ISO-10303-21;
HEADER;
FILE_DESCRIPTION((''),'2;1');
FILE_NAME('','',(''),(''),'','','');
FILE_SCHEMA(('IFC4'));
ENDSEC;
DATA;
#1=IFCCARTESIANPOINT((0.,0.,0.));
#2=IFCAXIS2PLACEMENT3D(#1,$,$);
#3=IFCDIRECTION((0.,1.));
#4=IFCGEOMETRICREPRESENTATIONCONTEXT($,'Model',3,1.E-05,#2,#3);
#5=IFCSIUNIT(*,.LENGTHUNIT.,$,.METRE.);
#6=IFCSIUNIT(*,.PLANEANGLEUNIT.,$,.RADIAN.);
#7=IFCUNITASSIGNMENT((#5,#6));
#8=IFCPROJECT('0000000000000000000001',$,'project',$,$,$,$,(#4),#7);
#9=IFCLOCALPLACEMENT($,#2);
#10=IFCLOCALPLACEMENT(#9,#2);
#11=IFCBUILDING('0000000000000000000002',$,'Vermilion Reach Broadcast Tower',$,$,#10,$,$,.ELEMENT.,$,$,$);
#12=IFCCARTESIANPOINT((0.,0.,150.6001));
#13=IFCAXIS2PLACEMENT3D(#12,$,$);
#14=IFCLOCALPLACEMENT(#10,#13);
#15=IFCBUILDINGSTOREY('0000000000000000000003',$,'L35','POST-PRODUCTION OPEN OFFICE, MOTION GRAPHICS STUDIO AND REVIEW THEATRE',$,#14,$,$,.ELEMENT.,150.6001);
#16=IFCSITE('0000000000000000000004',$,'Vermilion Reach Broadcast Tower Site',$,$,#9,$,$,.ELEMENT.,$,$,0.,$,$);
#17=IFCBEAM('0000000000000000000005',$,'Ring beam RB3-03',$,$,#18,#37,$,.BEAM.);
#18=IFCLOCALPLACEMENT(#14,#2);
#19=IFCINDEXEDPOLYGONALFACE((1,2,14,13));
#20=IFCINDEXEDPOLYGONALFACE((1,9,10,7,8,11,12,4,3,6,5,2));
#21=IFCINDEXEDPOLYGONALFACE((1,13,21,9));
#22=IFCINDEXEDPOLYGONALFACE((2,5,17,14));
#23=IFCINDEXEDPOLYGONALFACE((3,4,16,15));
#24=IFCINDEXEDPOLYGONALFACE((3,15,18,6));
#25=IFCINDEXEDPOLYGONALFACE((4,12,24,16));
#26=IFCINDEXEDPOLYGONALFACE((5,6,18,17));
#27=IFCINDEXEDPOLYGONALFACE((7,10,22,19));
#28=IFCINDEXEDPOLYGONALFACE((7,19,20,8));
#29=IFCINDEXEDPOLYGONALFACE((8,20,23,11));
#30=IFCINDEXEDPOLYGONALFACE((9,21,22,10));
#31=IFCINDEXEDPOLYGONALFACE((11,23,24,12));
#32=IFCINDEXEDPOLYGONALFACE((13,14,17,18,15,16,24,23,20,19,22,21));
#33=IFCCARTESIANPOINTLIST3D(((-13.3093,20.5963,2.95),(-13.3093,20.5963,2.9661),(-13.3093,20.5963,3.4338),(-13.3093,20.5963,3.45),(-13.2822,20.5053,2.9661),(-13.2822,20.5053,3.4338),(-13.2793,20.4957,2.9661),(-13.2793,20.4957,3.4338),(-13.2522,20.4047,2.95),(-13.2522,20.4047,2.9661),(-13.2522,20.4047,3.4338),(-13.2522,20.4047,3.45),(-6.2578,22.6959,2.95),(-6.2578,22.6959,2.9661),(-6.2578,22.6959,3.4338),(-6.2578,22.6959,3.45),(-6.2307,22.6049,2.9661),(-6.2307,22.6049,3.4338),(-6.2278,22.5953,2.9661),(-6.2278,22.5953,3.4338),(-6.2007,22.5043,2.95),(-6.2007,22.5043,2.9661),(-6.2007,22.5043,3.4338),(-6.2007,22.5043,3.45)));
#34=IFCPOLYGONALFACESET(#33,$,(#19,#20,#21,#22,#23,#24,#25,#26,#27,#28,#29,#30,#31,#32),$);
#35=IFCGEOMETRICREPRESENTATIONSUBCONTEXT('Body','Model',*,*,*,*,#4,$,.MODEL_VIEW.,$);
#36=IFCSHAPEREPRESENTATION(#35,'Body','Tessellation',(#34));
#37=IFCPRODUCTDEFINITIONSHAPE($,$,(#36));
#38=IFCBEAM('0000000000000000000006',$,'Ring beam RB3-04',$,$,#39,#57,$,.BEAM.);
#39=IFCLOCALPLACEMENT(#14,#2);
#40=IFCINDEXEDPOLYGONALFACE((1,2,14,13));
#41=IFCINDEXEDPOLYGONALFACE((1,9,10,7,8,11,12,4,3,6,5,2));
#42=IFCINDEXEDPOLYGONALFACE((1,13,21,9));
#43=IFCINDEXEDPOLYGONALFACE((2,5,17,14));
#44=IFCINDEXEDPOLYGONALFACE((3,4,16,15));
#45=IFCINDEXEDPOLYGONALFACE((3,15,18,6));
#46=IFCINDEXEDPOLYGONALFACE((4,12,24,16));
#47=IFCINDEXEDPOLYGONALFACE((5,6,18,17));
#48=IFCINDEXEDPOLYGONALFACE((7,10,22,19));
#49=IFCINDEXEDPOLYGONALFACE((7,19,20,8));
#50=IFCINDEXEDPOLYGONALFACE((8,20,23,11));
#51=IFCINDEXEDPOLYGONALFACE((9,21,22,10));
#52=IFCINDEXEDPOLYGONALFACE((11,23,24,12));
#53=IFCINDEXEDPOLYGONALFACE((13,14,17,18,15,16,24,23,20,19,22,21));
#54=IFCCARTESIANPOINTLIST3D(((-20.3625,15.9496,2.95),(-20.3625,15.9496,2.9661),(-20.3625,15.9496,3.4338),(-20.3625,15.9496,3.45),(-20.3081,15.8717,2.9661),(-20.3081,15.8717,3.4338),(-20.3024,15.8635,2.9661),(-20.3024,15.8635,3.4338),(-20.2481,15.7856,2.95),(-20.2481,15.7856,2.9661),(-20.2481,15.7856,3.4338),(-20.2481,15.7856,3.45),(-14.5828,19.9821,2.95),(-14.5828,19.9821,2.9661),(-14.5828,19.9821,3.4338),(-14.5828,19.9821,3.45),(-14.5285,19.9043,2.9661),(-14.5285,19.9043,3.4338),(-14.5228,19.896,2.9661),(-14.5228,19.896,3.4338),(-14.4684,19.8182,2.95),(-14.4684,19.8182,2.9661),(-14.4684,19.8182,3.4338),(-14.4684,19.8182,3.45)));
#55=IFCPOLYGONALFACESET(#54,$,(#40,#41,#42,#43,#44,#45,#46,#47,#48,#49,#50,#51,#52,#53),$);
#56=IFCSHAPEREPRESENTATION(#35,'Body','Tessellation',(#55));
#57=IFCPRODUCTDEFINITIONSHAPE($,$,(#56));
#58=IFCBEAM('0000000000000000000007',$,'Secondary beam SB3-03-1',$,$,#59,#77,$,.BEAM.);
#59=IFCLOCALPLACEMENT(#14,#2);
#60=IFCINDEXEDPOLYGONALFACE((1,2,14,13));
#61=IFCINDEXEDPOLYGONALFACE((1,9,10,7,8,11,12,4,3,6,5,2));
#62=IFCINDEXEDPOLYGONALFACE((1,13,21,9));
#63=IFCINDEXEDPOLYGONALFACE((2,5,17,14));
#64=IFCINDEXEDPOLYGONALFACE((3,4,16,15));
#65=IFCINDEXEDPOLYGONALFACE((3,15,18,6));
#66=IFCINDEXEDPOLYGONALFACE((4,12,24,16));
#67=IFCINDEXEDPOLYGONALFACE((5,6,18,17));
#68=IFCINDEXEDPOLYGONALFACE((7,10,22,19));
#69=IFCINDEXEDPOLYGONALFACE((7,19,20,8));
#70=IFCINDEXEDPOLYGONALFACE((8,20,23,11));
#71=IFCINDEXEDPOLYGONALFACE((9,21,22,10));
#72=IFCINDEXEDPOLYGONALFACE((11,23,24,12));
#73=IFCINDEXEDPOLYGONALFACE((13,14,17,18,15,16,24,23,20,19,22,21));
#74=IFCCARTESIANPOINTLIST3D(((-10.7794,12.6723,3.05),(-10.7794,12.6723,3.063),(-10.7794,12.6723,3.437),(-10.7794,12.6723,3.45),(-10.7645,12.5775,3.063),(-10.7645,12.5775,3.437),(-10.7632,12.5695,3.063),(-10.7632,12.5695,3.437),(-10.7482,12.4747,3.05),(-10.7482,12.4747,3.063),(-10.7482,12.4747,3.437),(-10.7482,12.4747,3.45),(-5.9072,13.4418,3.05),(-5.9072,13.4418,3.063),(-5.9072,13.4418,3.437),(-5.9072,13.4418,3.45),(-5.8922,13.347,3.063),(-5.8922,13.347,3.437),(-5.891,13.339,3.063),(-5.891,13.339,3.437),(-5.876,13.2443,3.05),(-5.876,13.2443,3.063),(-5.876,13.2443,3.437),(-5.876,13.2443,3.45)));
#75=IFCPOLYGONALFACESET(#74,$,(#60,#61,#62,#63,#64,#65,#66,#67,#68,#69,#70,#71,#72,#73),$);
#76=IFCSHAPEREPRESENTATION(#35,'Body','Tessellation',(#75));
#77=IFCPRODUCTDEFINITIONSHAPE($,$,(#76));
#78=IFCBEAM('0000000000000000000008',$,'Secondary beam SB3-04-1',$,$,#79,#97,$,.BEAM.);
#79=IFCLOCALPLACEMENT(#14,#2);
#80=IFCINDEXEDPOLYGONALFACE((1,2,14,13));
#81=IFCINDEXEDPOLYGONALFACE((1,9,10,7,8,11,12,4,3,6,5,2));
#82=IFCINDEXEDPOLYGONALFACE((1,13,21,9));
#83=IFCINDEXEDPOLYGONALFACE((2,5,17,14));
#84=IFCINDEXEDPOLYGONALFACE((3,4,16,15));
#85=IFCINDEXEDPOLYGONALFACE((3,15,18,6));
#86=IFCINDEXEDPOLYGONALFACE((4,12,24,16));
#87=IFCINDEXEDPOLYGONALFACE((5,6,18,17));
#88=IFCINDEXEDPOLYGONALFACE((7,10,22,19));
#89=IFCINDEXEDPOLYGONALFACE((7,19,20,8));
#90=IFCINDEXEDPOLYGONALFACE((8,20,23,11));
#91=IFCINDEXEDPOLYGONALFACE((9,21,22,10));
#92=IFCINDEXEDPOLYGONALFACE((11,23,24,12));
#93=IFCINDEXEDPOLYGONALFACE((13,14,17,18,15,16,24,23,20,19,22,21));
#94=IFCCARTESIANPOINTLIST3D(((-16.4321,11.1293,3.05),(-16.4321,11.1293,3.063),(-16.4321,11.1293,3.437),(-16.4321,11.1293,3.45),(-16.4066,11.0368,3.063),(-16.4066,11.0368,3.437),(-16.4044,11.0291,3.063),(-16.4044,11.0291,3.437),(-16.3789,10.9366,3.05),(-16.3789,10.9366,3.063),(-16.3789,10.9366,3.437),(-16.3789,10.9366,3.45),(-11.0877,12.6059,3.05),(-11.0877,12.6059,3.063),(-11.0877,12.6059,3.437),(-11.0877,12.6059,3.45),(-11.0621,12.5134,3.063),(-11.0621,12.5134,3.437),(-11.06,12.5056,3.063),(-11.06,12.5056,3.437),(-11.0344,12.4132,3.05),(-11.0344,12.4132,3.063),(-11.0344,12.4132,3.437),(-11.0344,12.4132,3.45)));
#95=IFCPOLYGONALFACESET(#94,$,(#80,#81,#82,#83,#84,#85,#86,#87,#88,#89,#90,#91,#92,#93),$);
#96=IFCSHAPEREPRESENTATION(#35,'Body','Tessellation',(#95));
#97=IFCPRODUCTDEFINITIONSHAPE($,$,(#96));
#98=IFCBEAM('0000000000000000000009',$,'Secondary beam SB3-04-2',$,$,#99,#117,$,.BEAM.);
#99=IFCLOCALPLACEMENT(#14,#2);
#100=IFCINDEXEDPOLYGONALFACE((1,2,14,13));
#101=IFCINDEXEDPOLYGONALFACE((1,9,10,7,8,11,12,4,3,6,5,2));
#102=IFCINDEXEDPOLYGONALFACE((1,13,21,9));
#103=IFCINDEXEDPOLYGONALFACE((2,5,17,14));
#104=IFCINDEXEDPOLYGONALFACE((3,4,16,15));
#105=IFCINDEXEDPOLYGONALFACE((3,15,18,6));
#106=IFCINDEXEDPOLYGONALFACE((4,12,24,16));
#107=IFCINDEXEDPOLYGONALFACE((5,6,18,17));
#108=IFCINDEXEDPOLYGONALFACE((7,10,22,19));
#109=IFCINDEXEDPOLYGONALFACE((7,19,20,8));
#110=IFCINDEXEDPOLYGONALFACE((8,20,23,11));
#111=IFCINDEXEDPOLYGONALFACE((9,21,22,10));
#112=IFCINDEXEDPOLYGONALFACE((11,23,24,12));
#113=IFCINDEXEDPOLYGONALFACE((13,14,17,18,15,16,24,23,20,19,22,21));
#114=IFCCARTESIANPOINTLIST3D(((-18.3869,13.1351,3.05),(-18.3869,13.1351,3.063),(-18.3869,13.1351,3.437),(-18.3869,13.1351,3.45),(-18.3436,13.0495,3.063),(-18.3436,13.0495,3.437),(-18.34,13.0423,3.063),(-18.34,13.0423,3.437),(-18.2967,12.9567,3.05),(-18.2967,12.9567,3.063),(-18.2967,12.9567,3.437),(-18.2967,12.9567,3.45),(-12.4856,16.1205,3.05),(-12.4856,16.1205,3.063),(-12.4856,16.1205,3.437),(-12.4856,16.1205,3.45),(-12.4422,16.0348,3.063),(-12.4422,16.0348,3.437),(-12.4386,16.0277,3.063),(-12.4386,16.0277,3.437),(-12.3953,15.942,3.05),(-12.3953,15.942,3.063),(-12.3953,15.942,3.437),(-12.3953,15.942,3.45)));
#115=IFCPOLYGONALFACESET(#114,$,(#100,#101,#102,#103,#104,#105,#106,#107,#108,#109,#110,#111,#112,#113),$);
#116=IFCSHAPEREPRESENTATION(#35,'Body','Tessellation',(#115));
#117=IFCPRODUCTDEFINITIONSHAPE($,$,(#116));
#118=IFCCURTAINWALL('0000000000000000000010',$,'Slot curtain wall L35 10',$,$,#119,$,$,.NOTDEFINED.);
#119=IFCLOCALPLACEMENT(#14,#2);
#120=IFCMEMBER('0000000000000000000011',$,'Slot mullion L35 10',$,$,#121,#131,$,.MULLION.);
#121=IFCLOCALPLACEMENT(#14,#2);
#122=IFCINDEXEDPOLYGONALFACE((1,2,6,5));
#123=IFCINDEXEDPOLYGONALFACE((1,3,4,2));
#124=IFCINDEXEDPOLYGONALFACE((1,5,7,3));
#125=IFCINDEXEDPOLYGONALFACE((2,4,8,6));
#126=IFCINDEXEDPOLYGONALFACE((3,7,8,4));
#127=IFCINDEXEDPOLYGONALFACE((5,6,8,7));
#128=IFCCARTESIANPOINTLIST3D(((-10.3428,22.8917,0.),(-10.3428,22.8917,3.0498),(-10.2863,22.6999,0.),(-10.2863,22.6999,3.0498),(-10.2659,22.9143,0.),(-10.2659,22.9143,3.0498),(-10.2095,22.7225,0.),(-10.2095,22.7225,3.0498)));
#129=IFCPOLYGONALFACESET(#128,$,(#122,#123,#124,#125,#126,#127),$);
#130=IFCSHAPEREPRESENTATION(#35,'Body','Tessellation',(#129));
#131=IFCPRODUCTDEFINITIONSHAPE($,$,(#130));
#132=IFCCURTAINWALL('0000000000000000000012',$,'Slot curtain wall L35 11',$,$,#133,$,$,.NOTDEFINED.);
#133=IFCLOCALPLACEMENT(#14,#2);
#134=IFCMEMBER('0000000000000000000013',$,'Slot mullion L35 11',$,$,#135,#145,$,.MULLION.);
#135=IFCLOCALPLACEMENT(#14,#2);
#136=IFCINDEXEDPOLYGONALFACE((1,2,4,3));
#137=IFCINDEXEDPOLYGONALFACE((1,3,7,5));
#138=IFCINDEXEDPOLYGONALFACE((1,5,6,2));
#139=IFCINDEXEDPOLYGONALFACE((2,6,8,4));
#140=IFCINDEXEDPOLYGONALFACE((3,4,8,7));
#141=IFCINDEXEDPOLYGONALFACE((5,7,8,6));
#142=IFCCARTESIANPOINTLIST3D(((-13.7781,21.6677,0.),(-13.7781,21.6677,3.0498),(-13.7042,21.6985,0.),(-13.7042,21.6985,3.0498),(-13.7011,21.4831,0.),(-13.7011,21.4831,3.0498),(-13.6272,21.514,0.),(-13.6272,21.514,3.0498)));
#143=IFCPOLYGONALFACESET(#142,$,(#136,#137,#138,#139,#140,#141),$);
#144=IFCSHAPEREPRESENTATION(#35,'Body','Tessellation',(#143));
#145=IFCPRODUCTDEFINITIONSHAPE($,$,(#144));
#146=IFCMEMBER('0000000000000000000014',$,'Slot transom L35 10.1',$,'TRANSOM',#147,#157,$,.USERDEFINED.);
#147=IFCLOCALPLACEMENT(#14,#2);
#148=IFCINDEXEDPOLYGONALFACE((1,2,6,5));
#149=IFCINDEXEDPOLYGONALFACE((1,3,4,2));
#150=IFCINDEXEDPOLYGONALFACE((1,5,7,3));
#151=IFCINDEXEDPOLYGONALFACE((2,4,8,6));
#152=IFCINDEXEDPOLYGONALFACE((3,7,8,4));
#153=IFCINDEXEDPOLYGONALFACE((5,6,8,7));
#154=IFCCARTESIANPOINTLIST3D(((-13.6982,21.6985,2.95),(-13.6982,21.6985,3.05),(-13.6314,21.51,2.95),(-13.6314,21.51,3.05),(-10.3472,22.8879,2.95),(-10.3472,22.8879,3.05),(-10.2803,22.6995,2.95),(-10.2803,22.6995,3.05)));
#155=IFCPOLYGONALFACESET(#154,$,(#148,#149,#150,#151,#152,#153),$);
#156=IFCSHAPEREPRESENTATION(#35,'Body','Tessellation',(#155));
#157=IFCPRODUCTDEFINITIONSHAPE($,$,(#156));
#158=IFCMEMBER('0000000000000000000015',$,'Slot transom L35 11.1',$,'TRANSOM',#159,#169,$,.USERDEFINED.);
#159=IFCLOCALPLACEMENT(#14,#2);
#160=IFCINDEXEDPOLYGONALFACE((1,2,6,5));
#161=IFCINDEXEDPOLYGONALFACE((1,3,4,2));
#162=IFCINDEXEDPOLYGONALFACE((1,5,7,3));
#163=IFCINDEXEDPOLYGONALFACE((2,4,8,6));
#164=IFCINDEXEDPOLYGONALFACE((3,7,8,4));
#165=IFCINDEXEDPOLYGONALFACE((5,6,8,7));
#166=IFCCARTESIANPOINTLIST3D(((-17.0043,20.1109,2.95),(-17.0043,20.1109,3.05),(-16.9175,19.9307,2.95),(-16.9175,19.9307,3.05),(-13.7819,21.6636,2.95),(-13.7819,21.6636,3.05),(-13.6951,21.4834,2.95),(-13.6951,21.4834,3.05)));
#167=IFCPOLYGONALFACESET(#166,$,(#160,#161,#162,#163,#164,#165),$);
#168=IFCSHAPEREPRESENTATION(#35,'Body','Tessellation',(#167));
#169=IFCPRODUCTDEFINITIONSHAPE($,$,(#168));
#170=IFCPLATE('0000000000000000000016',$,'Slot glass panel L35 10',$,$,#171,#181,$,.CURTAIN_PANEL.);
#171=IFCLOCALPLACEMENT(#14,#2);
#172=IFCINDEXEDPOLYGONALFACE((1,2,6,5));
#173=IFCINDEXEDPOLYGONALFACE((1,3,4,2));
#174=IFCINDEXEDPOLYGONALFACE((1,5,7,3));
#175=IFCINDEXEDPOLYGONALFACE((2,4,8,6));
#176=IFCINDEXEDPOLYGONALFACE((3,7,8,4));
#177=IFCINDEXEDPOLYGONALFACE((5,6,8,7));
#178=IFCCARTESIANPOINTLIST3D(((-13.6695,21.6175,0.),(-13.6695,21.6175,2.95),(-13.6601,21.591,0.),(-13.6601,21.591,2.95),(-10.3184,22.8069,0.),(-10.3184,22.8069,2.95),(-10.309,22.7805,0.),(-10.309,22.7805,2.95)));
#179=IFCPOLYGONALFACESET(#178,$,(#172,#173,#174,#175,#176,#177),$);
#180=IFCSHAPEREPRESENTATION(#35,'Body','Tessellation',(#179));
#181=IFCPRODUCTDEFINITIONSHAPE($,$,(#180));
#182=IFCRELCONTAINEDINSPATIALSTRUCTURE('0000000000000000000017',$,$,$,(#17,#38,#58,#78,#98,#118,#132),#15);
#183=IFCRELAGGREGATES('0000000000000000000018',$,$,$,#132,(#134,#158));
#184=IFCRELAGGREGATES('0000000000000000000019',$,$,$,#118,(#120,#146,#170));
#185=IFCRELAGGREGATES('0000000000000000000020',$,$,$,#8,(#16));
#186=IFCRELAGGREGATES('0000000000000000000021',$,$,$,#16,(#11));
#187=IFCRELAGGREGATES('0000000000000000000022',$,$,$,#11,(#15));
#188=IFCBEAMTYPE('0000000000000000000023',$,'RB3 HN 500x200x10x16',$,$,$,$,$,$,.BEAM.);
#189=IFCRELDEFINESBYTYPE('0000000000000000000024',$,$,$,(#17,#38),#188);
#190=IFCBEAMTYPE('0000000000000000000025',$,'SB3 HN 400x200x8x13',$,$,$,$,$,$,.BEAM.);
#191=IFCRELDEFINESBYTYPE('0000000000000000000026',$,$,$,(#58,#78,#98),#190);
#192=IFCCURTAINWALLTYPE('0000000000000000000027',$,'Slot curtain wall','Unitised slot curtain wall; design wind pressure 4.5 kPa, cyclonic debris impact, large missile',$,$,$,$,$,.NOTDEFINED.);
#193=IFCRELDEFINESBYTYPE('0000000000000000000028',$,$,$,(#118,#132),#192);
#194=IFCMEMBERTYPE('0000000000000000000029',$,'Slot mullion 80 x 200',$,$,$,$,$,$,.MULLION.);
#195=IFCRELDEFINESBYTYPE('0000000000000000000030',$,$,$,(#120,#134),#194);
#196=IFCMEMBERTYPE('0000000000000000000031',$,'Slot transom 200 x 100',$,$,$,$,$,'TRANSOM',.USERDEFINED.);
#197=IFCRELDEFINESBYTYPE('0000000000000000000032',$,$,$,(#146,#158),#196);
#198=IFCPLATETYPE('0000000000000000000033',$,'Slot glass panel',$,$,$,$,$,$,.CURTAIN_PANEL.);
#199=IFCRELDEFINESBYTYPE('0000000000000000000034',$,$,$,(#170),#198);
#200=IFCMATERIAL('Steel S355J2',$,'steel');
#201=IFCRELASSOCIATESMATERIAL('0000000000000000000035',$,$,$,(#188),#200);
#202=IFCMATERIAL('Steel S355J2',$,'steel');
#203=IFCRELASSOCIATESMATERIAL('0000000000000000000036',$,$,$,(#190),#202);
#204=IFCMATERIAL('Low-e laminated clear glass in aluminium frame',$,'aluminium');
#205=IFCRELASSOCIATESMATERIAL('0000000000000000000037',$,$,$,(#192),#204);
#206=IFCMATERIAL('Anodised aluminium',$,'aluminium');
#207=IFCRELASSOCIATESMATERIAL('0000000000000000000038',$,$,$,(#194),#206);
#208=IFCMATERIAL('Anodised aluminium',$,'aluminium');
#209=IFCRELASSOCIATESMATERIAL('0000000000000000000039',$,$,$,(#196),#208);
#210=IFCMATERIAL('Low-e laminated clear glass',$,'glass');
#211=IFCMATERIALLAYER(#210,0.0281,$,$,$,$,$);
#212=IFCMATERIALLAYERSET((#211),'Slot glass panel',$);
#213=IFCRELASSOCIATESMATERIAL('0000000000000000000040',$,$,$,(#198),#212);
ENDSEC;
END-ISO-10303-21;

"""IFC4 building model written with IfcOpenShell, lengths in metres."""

from ifc_helpers import new_model, si_unit, direction, frame, origin, origin_2d, place, context, subcontext, project, spatial, rectangle, i_section, extrude, material, layer, layer_set, material_profile, profile_set, type_object, element, aggregate, save


model = new_model("IFC4")

# Units and contexts
model_context = context("Model", 3, precision=1e-05, world=origin(), true_north=direction((0.0, 1.0)))
body_context = subcontext(model_context, "Body", "Model", "MODEL_VIEW")
ifc_project = project(units=[si_unit("LENGTHUNIT", "METRE"), si_unit("PLANEANGLEUNIT", "RADIAN")], contexts=[model_context])

# Site, building, storey
site_placement = place(None, origin())
site = spatial("IfcSite", under=ifc_project, at=site_placement, Name="Vermilion Reach Broadcast Tower Site", CompositionType="ELEMENT", RefElevation=0.0)
building_placement = place(site_placement, origin())
building = spatial("IfcBuilding", under=site, at=building_placement, Name="Vermilion Reach Broadcast Tower", CompositionType="ELEMENT")
storey_placement = place(building_placement, frame((0.0, 0.0, 150.6001)))
storey = spatial("IfcBuildingStorey", under=building, at=storey_placement, Name="L35", Description="POST-PRODUCTION OPEN OFFICE, MOTION GRAPHICS STUDIO AND REVIEW THEATRE", CompositionType="ELEMENT", Elevation=150.6001)

# Beams
ifc_material_1 = material(Name="Steel S355J2", Category="steel")
ifc_material_profile_1 = material_profile(ifc_material_1, i_section(OverallWidth=0.2, OverallDepth=0.5, WebThickness=0.01, FlangeThickness=0.0161, at=origin_2d()), Name="S355J2 HN 500x200x10x16")
ifc_profile_set_1 = profile_set([ifc_material_profile_1], Name="Steel S355J2")
beam_type_1 = type_object("IfcBeamType", Name="RB3 HN 500x200x10x16", PredefinedType="BEAM", material=ifc_profile_set_1)
beam_1_placement = place(storey_placement, frame((-6.2292, 22.6001, 3.2), z_axis=(-0.958417, -0.285372, 0.0), x_axis=(0.285372, -0.958417, 0.0)))
element("IfcBeam", 1, at=beam_1_placement, inside=storey, type_object=beam_type_1, Name="Ring beam RB3-03", PredefinedType="BEAM", context=body_context, shape_type="SweptSolid", body=[
    extrude(i_section(OverallWidth=0.2, OverallDepth=0.5, WebThickness=0.01, FlangeThickness=0.0161, at=origin_2d()), origin(), (0.0, 0.0, 1.0), 7.3574),
])
beam_2_placement = place(storey_placement, frame((-14.5256, 19.9001, 3.2), z_axis=(-0.820111, -0.572204, 0.0), x_axis=(0.572204, -0.820111, 0.0)))
element("IfcBeam", 2, at=beam_2_placement, inside=storey, type_object=beam_type_1, Name="Ring beam RB3-04", PredefinedType="BEAM", context=body_context, shape_type="SweptSolid", body=[
    extrude(i_section(OverallWidth=0.2, OverallDepth=0.5, WebThickness=0.01, FlangeThickness=0.0161, at=origin_2d()), origin(), (0.0, 0.0, 1.0), 7.0474),
])
ifc_material_2 = material(Name="Steel S355J2", Category="steel")
ifc_material_profile_2 = material_profile(ifc_material_2, i_section(OverallWidth=0.2, OverallDepth=0.3999, WebThickness=0.0081, FlangeThickness=0.0129, at=origin_2d()), Name="S355J2 HN 400x200x8x13")
ifc_profile_set_2 = profile_set([ifc_material_profile_2], Name="Steel S355J2")
beam_type_2 = type_object("IfcBeamType", Name="SB3 HN 400x200x8x13", PredefinedType="BEAM", material=ifc_profile_set_2)
beam_3_placement = place(storey_placement, frame((-5.8916, 13.343, 3.25), z_axis=(-0.987756, -0.156006, 0.0), x_axis=(0.156006, -0.987756, 0.0)))
element("IfcBeam", 3, at=beam_3_placement, inside=storey, type_object=beam_type_2, Name="Secondary beam SB3-03-1", PredefinedType="BEAM", context=body_context, shape_type="SweptSolid", body=[
    extrude(i_section(OverallWidth=0.2, OverallDepth=0.3999, WebThickness=0.0081, FlangeThickness=0.0129, at=origin_2d()), origin(), (0.0, 0.0, 1.0), 4.9326),
])
beam_4_placement = place(storey_placement, frame((-11.061, 12.5095, 3.25), z_axis=(-0.96389, -0.266301, 0.0), x_axis=(0.266301, -0.96389, 0.0)))
element("IfcBeam", 4, at=beam_4_placement, inside=storey, type_object=beam_type_2, Name="Secondary beam SB3-04-1", PredefinedType="BEAM", context=body_context, shape_type="SweptSolid", body=[
    extrude(i_section(OverallWidth=0.2, OverallDepth=0.3999, WebThickness=0.0081, FlangeThickness=0.0129, at=origin_2d()), origin(), (0.0, 0.0, 1.0), 5.5447),
])
beam_5_placement = place(storey_placement, frame((-12.4404, 16.0312, 3.25), z_axis=(-0.892321, -0.451402, 0.0), x_axis=(0.451402, -0.892321, 0.0)))
element("IfcBeam", 5, at=beam_5_placement, inside=storey, type_object=beam_type_2, Name="Secondary beam SB3-04-2", PredefinedType="BEAM", context=body_context, shape_type="SweptSolid", body=[
    extrude(i_section(OverallWidth=0.2, OverallDepth=0.3999, WebThickness=0.0081, FlangeThickness=0.0129, at=origin_2d()), origin(), (0.0, 0.0, 1.0), 6.6135),
])

# Curtain walls, members
ifc_material_3 = material(Name="Low-e laminated clear glass in aluminium frame", Category="aluminium")
curtain_wall_type = type_object("IfcCurtainWallType", Name="Slot curtain wall", Description="Unitised slot curtain wall; design wind pressure 4.5 kPa, cyclonic debris impact, large missile", PredefinedType="NOTDEFINED", material=ifc_material_3)
placement = place(storey_placement, origin())
curtain_wall_1 = element("IfcCurtainWall", 6, at=placement, inside=storey, type_object=curtain_wall_type, Name="Slot curtain wall L35 10", PredefinedType="NOTDEFINED")
ifc_material_4 = material(Name="Anodised aluminium", Category="aluminium")
ifc_material_profile_3 = material_profile(ifc_material_4, rectangle(XDim=0.2, YDim=0.0801, at=origin_2d()), Name="Slot mullion 80 x 200")
ifc_profile_set_3 = profile_set([ifc_material_profile_3], Name="Anodised aluminium")
member_type_1 = type_object("IfcMemberType", Name="Slot mullion 80 x 200", PredefinedType="MULLION", material=ifc_profile_set_3)
member_1_placement = place(storey_placement, frame((-10.2761, 22.8071, 0.0), z_axis=(0.0, 0.0, 1.0), x_axis=(0.282325, -0.959319, 0.0)))
member_1 = element("IfcMember", 7, at=member_1_placement, type_object=member_type_1, Name="Slot mullion L35 10", PredefinedType="MULLION", context=body_context, shape_type="SweptSolid", body=[
    extrude(rectangle(XDim=0.2, YDim=0.0801, at=origin_2d()), origin(), (0.0, 0.0, 1.0), 3.0498),
])
curtain_wall_2 = element("IfcCurtainWall", 8, at=placement, inside=storey, type_object=curtain_wall_type, Name="Slot curtain wall L35 11", PredefinedType="NOTDEFINED")
member_2_placement = place(storey_placement, frame((-13.7026, 21.5908, 0.0), z_axis=(0.0, 0.0, 1.0), x_axis=(0.384844, -0.922982, 0.0)))
member_2 = element("IfcMember", 9, at=member_2_placement, type_object=member_type_1, Name="Slot mullion L35 11", PredefinedType="MULLION", context=body_context, shape_type="SweptSolid", body=[
    extrude(rectangle(XDim=0.2, YDim=0.0801, at=origin_2d()), origin(), (0.0, 0.0, 1.0), 3.0498),
])

# Members
ifc_material_5 = material(Name="Anodised aluminium", Category="aluminium")
ifc_material_profile_4 = material_profile(ifc_material_5, rectangle(XDim=0.2, YDim=0.1001, at=origin_2d()), Name="Slot transom 200 x 100")
ifc_profile_set_4 = profile_set([ifc_material_profile_4], Name="Anodised aluminium")
member_type_2 = type_object("IfcMemberType", Name="Slot transom 200 x 100", ElementType="TRANSOM", PredefinedType="USERDEFINED", material=ifc_profile_set_4)
member_3_placement = place(storey_placement, frame((-10.3137, 22.7937, 3.0), z_axis=(-0.942396, -0.3345, 0.0), x_axis=(0.3345, -0.942396, 0.0)))
member_3 = element("IfcMember", 10, at=member_3_placement, type_object=member_type_2, Name="Slot transom L35 10.1", ObjectType="TRANSOM", PredefinedType="USERDEFINED", context=body_context, shape_type="SweptSolid", body=[
    extrude(rectangle(XDim=0.2, YDim=0.1001, at=origin_2d()), origin(), (0.0, 0.0, 1.0), 3.5559),
])
member_4_placement = place(storey_placement, frame((-13.7385, 21.5735, 3.0), z_axis=(-0.90087, -0.434089, 0.0), x_axis=(0.434089, -0.90087, 0.0)))
member_4 = element("IfcMember", 11, at=member_4_placement, type_object=member_type_2, Name="Slot transom L35 11.1", ObjectType="TRANSOM", PredefinedType="USERDEFINED", context=body_context, shape_type="SweptSolid", body=[
    extrude(rectangle(XDim=0.2, YDim=0.1001, at=origin_2d()), origin(), (0.0, 0.0, 1.0), 3.5769),
])
aggregate(curtain_wall_2, [member_2, member_4])

# Plate
ifc_material_6 = material(Name="Low-e laminated clear glass", Category="glass")
ifc_layer_1 = layer(ifc_material_6, 0.0281)
ifc_layer_set_1 = layer_set([ifc_layer_1], Name="Slot glass panel")
plate_type = type_object("IfcPlateType", Name="Slot glass panel", PredefinedType="CURTAIN_PANEL", material=ifc_layer_set_1)
plate_placement = place(storey_placement, frame((-11.9893, 22.199, 0.0), z_axis=(0.0, 0.0, 1.0), x_axis=(-0.942394, -0.334505, 0.0)))
plate = element("IfcPlate", 12, at=plate_placement, type_object=plate_type, Name="Slot glass panel L35 10", PredefinedType="CURTAIN_PANEL", context=body_context, shape_type="SweptSolid", body=[
    extrude(rectangle(XDim=3.5559, YDim=0.0281, at=origin_2d()), origin(), (0.0, 0.0, 1.0), 2.95),
])
aggregate(curtain_wall_1, [member_1, member_3, plate])

save(model, "model.ifc")
